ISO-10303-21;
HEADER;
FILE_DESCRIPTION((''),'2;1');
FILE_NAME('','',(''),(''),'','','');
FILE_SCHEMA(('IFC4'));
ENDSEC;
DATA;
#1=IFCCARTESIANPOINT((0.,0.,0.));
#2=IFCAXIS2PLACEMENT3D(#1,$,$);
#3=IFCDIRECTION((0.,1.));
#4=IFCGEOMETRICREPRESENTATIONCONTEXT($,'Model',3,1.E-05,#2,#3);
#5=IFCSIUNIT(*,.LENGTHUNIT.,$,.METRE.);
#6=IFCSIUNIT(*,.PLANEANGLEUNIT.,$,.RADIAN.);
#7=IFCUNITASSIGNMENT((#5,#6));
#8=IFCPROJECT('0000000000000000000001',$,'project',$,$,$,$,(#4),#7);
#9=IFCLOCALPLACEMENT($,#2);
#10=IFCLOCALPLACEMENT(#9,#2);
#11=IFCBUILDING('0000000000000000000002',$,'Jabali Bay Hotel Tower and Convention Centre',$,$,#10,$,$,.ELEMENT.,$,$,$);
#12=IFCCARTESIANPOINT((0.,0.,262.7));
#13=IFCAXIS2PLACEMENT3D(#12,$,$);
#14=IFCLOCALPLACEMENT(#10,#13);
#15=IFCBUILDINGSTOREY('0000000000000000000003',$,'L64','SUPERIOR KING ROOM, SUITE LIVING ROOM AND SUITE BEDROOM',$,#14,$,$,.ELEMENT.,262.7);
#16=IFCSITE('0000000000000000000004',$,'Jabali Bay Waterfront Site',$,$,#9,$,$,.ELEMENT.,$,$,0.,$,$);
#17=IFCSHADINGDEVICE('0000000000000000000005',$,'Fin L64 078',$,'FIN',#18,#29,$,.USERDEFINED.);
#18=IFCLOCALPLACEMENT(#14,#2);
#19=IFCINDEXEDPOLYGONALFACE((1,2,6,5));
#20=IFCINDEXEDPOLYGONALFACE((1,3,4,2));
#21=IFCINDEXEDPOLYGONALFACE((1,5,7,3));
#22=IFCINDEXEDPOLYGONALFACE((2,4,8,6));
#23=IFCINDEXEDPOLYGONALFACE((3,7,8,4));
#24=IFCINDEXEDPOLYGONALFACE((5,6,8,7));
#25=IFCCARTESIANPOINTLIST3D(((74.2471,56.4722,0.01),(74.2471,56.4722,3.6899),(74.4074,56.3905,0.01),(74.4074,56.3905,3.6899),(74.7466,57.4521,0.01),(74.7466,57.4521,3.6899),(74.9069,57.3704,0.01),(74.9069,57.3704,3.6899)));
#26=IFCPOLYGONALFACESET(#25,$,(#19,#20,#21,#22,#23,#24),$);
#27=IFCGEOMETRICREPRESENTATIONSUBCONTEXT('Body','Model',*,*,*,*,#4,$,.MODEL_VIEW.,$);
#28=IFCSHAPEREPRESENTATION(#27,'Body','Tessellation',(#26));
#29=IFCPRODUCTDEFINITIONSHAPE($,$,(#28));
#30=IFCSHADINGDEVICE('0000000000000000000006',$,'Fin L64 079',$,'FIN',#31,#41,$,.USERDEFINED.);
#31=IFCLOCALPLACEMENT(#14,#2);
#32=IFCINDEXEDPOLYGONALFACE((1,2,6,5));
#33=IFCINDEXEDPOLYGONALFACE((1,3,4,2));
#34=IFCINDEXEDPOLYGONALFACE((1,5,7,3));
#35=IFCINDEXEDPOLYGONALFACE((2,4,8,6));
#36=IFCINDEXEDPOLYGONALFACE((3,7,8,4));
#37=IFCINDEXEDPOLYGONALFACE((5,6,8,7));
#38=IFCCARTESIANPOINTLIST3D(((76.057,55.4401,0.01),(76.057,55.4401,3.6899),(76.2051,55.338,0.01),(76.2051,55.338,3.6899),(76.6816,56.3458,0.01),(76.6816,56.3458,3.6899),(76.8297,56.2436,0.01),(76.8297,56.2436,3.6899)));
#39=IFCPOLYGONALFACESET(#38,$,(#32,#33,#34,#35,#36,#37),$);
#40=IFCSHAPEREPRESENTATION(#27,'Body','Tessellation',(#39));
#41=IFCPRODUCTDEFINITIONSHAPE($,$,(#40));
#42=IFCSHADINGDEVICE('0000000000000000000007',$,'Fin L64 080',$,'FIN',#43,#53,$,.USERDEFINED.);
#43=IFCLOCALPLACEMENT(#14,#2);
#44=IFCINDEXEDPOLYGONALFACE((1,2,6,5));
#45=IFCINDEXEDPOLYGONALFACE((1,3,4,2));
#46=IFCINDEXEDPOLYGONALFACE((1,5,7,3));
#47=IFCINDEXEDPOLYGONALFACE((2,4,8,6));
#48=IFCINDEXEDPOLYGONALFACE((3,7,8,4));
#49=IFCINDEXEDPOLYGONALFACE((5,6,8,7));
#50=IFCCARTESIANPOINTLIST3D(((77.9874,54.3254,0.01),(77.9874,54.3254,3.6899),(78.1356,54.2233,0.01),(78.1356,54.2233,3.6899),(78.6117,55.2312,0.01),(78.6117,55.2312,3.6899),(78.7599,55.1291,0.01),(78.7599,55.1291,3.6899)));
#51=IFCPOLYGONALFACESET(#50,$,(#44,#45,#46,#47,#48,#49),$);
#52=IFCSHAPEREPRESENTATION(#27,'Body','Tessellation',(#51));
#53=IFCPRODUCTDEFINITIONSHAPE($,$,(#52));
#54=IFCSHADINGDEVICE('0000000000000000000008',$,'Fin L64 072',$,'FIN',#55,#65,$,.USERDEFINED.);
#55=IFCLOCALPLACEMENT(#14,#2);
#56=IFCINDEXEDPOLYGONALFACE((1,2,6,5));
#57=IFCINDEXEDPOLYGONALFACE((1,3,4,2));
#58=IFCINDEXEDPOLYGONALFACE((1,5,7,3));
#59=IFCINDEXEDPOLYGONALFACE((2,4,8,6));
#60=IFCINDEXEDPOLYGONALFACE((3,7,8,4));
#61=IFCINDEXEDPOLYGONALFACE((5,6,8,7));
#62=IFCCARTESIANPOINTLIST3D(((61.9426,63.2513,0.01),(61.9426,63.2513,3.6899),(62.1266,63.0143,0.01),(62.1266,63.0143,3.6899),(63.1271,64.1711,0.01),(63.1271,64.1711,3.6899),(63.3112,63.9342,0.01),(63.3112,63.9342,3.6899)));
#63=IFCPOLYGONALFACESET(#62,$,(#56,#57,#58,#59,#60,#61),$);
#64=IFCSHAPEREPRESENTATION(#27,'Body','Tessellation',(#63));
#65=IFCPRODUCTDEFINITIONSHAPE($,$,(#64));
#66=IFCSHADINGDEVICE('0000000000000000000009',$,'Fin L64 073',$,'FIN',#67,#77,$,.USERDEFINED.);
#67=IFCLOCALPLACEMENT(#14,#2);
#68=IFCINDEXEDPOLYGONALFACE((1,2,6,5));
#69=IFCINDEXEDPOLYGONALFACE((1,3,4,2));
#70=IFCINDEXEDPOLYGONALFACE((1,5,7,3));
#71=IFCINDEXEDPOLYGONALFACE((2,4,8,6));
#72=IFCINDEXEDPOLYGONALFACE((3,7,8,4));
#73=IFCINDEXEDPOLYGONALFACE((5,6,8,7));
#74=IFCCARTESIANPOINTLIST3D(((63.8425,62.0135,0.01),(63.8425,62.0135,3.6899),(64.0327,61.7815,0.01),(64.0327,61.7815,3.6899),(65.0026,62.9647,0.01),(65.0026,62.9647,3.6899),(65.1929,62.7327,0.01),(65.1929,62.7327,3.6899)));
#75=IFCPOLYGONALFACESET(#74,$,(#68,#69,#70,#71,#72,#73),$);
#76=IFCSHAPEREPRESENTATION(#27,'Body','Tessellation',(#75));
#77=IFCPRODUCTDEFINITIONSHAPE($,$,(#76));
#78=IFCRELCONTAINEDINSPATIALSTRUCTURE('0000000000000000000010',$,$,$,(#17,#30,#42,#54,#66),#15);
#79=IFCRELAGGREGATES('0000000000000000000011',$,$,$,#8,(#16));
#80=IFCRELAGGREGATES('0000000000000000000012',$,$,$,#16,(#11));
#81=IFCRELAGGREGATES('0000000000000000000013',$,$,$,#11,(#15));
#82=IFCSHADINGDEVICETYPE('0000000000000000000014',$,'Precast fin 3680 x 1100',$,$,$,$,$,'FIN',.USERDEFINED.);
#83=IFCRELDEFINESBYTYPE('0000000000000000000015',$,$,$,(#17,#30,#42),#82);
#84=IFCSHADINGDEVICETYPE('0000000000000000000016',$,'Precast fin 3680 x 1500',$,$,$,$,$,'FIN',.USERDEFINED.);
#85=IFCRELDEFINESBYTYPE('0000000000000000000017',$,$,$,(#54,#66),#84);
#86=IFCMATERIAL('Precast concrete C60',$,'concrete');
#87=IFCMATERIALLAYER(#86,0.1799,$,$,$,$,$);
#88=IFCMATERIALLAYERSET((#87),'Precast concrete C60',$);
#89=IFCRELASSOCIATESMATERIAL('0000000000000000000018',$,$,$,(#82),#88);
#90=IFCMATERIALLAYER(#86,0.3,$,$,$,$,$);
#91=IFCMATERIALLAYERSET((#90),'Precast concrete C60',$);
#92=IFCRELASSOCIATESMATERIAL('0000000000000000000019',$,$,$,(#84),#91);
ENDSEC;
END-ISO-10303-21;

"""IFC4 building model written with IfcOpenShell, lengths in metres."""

from ifc_helpers import new_model, si_unit, direction, frame, frame_2d, origin, place, context, subcontext, project, spatial, rectangle, extrude, material, layer, layer_set, type_object, element, save


model = new_model("IFC4")

# Units and contexts
model_context = context("Model", 3, precision=1e-05, world=origin(), true_north=direction((0.0, 1.0)))
body_context = subcontext(model_context, "Body", "Model", "MODEL_VIEW")
ifc_project = project(units=[si_unit("LENGTHUNIT", "METRE"), si_unit("PLANEANGLEUNIT", "RADIAN")], contexts=[model_context])

# Site, building, storey
site_placement = place(None, origin())
site = spatial("IfcSite", under=ifc_project, at=site_placement, Name="Jabali Bay Waterfront Site", CompositionType="ELEMENT", RefElevation=0.0)
building_placement = place(site_placement, origin())
building = spatial("IfcBuilding", under=site, at=building_placement, Name="Jabali Bay Hotel Tower and Convention Centre", CompositionType="ELEMENT")
storey_placement = place(building_placement, frame((0.0, 0.0, 262.7)))
storey = spatial("IfcBuildingStorey", under=building, at=storey_placement, Name="L64", Description="SUPERIOR KING ROOM, SUITE LIVING ROOM AND SUITE BEDROOM", CompositionType="ELEMENT", Elevation=262.7)

# Shading devices
ifc_material_1 = material(Name="Precast concrete C60", Category="concrete")
ifc_layer_1 = layer(ifc_material_1, 0.1799)
ifc_layer_set_1 = layer_set([ifc_layer_1], Name="Precast concrete C60")
shading_device_type_1 = type_object("IfcShadingDeviceType", Name="Precast fin 3680 x 1100", ElementType="FIN", PredefinedType="USERDEFINED", material=ifc_layer_set_1)
shading_device_1_placement = place(storey_placement, frame((74.8267, 57.4111, 0.01), z_axis=(0.0, 0.0, 1.0), x_axis=(-0.454125, -0.890938, 0.0)))
element("IfcShadingDevice", 1, at=shading_device_1_placement, inside=storey, type_object=shading_device_type_1, Name="Fin L64 078", ObjectType="FIN", PredefinedType="USERDEFINED", context=body_context, shape_type="SweptSolid", body=[
    extrude(rectangle(XDim=1.0999, YDim=0.1799, at=frame_2d((0.5498, 0.0))), origin(), (0.0, 0.0, 1.0), 3.6799),
])
for number, where, z_axis, x_axis, name in (
    (2, (76.7556, 56.2947, 0.01), (0.0, 0.0, 1.0), (-0.567743, -0.823206, 0.0), "Fin L64 079"),
    (3, (78.6858, 55.1802, 0.01), (0.0, 0.0, 1.0), (-0.567489, -0.823381, 0.0), "Fin L64 080"),
):
    element("IfcShadingDevice", number, at=place(storey_placement, frame(where, z_axis=z_axis, x_axis=x_axis)), inside=storey, type_object=shading_device_type_1, Name=name, ObjectType="FIN", PredefinedType="USERDEFINED", context=body_context, shape_type="SweptSolid", body=[
        extrude(rectangle(XDim=1.1001, YDim=0.1799, at=frame_2d((0.55, 0.0))), origin(), (0.0, 0.0, 1.0), 3.6799),
    ])
ifc_layer_2 = layer(ifc_material_1, 0.3)
ifc_layer_set_2 = layer_set([ifc_layer_2], Name="Precast concrete C60")
shading_device_type_2 = type_object("IfcShadingDeviceType", Name="Precast fin 3680 x 1500", ElementType="FIN", PredefinedType="USERDEFINED", material=ifc_layer_set_2)
shading_device_2_placement = place(storey_placement, frame((63.2192, 64.0527, 0.01), z_axis=(0.0, 0.0, 1.0), x_axis=(-0.789808, -0.613354, 0.0)))
element("IfcShadingDevice", 4, at=shading_device_2_placement, inside=storey, type_object=shading_device_type_2, Name="Fin L64 072", ObjectType="FIN", PredefinedType="USERDEFINED", context=body_context, shape_type="SweptSolid", body=[
    extrude(rectangle(XDim=1.4998, YDim=0.3, at=frame_2d((0.75, 0.0))), origin(), (0.0, 0.0, 1.0), 3.6799),
])
shading_device_3_placement = place(storey_placement, frame((65.0977, 62.8486, 0.01), z_axis=(0.0, 0.0, 1.0), x_axis=(-0.773319, -0.634017, 0.0)))
element("IfcShadingDevice", 5, at=shading_device_3_placement, inside=storey, type_object=shading_device_type_2, Name="Fin L64 073", ObjectType="FIN", PredefinedType="USERDEFINED", context=body_context, shape_type="SweptSolid", body=[
    extrude(rectangle(XDim=1.5002, YDim=0.3, at=frame_2d((0.75, 0.0))), origin(), (0.0, 0.0, 1.0), 3.6799),
])

save(model, "model.ifc")
